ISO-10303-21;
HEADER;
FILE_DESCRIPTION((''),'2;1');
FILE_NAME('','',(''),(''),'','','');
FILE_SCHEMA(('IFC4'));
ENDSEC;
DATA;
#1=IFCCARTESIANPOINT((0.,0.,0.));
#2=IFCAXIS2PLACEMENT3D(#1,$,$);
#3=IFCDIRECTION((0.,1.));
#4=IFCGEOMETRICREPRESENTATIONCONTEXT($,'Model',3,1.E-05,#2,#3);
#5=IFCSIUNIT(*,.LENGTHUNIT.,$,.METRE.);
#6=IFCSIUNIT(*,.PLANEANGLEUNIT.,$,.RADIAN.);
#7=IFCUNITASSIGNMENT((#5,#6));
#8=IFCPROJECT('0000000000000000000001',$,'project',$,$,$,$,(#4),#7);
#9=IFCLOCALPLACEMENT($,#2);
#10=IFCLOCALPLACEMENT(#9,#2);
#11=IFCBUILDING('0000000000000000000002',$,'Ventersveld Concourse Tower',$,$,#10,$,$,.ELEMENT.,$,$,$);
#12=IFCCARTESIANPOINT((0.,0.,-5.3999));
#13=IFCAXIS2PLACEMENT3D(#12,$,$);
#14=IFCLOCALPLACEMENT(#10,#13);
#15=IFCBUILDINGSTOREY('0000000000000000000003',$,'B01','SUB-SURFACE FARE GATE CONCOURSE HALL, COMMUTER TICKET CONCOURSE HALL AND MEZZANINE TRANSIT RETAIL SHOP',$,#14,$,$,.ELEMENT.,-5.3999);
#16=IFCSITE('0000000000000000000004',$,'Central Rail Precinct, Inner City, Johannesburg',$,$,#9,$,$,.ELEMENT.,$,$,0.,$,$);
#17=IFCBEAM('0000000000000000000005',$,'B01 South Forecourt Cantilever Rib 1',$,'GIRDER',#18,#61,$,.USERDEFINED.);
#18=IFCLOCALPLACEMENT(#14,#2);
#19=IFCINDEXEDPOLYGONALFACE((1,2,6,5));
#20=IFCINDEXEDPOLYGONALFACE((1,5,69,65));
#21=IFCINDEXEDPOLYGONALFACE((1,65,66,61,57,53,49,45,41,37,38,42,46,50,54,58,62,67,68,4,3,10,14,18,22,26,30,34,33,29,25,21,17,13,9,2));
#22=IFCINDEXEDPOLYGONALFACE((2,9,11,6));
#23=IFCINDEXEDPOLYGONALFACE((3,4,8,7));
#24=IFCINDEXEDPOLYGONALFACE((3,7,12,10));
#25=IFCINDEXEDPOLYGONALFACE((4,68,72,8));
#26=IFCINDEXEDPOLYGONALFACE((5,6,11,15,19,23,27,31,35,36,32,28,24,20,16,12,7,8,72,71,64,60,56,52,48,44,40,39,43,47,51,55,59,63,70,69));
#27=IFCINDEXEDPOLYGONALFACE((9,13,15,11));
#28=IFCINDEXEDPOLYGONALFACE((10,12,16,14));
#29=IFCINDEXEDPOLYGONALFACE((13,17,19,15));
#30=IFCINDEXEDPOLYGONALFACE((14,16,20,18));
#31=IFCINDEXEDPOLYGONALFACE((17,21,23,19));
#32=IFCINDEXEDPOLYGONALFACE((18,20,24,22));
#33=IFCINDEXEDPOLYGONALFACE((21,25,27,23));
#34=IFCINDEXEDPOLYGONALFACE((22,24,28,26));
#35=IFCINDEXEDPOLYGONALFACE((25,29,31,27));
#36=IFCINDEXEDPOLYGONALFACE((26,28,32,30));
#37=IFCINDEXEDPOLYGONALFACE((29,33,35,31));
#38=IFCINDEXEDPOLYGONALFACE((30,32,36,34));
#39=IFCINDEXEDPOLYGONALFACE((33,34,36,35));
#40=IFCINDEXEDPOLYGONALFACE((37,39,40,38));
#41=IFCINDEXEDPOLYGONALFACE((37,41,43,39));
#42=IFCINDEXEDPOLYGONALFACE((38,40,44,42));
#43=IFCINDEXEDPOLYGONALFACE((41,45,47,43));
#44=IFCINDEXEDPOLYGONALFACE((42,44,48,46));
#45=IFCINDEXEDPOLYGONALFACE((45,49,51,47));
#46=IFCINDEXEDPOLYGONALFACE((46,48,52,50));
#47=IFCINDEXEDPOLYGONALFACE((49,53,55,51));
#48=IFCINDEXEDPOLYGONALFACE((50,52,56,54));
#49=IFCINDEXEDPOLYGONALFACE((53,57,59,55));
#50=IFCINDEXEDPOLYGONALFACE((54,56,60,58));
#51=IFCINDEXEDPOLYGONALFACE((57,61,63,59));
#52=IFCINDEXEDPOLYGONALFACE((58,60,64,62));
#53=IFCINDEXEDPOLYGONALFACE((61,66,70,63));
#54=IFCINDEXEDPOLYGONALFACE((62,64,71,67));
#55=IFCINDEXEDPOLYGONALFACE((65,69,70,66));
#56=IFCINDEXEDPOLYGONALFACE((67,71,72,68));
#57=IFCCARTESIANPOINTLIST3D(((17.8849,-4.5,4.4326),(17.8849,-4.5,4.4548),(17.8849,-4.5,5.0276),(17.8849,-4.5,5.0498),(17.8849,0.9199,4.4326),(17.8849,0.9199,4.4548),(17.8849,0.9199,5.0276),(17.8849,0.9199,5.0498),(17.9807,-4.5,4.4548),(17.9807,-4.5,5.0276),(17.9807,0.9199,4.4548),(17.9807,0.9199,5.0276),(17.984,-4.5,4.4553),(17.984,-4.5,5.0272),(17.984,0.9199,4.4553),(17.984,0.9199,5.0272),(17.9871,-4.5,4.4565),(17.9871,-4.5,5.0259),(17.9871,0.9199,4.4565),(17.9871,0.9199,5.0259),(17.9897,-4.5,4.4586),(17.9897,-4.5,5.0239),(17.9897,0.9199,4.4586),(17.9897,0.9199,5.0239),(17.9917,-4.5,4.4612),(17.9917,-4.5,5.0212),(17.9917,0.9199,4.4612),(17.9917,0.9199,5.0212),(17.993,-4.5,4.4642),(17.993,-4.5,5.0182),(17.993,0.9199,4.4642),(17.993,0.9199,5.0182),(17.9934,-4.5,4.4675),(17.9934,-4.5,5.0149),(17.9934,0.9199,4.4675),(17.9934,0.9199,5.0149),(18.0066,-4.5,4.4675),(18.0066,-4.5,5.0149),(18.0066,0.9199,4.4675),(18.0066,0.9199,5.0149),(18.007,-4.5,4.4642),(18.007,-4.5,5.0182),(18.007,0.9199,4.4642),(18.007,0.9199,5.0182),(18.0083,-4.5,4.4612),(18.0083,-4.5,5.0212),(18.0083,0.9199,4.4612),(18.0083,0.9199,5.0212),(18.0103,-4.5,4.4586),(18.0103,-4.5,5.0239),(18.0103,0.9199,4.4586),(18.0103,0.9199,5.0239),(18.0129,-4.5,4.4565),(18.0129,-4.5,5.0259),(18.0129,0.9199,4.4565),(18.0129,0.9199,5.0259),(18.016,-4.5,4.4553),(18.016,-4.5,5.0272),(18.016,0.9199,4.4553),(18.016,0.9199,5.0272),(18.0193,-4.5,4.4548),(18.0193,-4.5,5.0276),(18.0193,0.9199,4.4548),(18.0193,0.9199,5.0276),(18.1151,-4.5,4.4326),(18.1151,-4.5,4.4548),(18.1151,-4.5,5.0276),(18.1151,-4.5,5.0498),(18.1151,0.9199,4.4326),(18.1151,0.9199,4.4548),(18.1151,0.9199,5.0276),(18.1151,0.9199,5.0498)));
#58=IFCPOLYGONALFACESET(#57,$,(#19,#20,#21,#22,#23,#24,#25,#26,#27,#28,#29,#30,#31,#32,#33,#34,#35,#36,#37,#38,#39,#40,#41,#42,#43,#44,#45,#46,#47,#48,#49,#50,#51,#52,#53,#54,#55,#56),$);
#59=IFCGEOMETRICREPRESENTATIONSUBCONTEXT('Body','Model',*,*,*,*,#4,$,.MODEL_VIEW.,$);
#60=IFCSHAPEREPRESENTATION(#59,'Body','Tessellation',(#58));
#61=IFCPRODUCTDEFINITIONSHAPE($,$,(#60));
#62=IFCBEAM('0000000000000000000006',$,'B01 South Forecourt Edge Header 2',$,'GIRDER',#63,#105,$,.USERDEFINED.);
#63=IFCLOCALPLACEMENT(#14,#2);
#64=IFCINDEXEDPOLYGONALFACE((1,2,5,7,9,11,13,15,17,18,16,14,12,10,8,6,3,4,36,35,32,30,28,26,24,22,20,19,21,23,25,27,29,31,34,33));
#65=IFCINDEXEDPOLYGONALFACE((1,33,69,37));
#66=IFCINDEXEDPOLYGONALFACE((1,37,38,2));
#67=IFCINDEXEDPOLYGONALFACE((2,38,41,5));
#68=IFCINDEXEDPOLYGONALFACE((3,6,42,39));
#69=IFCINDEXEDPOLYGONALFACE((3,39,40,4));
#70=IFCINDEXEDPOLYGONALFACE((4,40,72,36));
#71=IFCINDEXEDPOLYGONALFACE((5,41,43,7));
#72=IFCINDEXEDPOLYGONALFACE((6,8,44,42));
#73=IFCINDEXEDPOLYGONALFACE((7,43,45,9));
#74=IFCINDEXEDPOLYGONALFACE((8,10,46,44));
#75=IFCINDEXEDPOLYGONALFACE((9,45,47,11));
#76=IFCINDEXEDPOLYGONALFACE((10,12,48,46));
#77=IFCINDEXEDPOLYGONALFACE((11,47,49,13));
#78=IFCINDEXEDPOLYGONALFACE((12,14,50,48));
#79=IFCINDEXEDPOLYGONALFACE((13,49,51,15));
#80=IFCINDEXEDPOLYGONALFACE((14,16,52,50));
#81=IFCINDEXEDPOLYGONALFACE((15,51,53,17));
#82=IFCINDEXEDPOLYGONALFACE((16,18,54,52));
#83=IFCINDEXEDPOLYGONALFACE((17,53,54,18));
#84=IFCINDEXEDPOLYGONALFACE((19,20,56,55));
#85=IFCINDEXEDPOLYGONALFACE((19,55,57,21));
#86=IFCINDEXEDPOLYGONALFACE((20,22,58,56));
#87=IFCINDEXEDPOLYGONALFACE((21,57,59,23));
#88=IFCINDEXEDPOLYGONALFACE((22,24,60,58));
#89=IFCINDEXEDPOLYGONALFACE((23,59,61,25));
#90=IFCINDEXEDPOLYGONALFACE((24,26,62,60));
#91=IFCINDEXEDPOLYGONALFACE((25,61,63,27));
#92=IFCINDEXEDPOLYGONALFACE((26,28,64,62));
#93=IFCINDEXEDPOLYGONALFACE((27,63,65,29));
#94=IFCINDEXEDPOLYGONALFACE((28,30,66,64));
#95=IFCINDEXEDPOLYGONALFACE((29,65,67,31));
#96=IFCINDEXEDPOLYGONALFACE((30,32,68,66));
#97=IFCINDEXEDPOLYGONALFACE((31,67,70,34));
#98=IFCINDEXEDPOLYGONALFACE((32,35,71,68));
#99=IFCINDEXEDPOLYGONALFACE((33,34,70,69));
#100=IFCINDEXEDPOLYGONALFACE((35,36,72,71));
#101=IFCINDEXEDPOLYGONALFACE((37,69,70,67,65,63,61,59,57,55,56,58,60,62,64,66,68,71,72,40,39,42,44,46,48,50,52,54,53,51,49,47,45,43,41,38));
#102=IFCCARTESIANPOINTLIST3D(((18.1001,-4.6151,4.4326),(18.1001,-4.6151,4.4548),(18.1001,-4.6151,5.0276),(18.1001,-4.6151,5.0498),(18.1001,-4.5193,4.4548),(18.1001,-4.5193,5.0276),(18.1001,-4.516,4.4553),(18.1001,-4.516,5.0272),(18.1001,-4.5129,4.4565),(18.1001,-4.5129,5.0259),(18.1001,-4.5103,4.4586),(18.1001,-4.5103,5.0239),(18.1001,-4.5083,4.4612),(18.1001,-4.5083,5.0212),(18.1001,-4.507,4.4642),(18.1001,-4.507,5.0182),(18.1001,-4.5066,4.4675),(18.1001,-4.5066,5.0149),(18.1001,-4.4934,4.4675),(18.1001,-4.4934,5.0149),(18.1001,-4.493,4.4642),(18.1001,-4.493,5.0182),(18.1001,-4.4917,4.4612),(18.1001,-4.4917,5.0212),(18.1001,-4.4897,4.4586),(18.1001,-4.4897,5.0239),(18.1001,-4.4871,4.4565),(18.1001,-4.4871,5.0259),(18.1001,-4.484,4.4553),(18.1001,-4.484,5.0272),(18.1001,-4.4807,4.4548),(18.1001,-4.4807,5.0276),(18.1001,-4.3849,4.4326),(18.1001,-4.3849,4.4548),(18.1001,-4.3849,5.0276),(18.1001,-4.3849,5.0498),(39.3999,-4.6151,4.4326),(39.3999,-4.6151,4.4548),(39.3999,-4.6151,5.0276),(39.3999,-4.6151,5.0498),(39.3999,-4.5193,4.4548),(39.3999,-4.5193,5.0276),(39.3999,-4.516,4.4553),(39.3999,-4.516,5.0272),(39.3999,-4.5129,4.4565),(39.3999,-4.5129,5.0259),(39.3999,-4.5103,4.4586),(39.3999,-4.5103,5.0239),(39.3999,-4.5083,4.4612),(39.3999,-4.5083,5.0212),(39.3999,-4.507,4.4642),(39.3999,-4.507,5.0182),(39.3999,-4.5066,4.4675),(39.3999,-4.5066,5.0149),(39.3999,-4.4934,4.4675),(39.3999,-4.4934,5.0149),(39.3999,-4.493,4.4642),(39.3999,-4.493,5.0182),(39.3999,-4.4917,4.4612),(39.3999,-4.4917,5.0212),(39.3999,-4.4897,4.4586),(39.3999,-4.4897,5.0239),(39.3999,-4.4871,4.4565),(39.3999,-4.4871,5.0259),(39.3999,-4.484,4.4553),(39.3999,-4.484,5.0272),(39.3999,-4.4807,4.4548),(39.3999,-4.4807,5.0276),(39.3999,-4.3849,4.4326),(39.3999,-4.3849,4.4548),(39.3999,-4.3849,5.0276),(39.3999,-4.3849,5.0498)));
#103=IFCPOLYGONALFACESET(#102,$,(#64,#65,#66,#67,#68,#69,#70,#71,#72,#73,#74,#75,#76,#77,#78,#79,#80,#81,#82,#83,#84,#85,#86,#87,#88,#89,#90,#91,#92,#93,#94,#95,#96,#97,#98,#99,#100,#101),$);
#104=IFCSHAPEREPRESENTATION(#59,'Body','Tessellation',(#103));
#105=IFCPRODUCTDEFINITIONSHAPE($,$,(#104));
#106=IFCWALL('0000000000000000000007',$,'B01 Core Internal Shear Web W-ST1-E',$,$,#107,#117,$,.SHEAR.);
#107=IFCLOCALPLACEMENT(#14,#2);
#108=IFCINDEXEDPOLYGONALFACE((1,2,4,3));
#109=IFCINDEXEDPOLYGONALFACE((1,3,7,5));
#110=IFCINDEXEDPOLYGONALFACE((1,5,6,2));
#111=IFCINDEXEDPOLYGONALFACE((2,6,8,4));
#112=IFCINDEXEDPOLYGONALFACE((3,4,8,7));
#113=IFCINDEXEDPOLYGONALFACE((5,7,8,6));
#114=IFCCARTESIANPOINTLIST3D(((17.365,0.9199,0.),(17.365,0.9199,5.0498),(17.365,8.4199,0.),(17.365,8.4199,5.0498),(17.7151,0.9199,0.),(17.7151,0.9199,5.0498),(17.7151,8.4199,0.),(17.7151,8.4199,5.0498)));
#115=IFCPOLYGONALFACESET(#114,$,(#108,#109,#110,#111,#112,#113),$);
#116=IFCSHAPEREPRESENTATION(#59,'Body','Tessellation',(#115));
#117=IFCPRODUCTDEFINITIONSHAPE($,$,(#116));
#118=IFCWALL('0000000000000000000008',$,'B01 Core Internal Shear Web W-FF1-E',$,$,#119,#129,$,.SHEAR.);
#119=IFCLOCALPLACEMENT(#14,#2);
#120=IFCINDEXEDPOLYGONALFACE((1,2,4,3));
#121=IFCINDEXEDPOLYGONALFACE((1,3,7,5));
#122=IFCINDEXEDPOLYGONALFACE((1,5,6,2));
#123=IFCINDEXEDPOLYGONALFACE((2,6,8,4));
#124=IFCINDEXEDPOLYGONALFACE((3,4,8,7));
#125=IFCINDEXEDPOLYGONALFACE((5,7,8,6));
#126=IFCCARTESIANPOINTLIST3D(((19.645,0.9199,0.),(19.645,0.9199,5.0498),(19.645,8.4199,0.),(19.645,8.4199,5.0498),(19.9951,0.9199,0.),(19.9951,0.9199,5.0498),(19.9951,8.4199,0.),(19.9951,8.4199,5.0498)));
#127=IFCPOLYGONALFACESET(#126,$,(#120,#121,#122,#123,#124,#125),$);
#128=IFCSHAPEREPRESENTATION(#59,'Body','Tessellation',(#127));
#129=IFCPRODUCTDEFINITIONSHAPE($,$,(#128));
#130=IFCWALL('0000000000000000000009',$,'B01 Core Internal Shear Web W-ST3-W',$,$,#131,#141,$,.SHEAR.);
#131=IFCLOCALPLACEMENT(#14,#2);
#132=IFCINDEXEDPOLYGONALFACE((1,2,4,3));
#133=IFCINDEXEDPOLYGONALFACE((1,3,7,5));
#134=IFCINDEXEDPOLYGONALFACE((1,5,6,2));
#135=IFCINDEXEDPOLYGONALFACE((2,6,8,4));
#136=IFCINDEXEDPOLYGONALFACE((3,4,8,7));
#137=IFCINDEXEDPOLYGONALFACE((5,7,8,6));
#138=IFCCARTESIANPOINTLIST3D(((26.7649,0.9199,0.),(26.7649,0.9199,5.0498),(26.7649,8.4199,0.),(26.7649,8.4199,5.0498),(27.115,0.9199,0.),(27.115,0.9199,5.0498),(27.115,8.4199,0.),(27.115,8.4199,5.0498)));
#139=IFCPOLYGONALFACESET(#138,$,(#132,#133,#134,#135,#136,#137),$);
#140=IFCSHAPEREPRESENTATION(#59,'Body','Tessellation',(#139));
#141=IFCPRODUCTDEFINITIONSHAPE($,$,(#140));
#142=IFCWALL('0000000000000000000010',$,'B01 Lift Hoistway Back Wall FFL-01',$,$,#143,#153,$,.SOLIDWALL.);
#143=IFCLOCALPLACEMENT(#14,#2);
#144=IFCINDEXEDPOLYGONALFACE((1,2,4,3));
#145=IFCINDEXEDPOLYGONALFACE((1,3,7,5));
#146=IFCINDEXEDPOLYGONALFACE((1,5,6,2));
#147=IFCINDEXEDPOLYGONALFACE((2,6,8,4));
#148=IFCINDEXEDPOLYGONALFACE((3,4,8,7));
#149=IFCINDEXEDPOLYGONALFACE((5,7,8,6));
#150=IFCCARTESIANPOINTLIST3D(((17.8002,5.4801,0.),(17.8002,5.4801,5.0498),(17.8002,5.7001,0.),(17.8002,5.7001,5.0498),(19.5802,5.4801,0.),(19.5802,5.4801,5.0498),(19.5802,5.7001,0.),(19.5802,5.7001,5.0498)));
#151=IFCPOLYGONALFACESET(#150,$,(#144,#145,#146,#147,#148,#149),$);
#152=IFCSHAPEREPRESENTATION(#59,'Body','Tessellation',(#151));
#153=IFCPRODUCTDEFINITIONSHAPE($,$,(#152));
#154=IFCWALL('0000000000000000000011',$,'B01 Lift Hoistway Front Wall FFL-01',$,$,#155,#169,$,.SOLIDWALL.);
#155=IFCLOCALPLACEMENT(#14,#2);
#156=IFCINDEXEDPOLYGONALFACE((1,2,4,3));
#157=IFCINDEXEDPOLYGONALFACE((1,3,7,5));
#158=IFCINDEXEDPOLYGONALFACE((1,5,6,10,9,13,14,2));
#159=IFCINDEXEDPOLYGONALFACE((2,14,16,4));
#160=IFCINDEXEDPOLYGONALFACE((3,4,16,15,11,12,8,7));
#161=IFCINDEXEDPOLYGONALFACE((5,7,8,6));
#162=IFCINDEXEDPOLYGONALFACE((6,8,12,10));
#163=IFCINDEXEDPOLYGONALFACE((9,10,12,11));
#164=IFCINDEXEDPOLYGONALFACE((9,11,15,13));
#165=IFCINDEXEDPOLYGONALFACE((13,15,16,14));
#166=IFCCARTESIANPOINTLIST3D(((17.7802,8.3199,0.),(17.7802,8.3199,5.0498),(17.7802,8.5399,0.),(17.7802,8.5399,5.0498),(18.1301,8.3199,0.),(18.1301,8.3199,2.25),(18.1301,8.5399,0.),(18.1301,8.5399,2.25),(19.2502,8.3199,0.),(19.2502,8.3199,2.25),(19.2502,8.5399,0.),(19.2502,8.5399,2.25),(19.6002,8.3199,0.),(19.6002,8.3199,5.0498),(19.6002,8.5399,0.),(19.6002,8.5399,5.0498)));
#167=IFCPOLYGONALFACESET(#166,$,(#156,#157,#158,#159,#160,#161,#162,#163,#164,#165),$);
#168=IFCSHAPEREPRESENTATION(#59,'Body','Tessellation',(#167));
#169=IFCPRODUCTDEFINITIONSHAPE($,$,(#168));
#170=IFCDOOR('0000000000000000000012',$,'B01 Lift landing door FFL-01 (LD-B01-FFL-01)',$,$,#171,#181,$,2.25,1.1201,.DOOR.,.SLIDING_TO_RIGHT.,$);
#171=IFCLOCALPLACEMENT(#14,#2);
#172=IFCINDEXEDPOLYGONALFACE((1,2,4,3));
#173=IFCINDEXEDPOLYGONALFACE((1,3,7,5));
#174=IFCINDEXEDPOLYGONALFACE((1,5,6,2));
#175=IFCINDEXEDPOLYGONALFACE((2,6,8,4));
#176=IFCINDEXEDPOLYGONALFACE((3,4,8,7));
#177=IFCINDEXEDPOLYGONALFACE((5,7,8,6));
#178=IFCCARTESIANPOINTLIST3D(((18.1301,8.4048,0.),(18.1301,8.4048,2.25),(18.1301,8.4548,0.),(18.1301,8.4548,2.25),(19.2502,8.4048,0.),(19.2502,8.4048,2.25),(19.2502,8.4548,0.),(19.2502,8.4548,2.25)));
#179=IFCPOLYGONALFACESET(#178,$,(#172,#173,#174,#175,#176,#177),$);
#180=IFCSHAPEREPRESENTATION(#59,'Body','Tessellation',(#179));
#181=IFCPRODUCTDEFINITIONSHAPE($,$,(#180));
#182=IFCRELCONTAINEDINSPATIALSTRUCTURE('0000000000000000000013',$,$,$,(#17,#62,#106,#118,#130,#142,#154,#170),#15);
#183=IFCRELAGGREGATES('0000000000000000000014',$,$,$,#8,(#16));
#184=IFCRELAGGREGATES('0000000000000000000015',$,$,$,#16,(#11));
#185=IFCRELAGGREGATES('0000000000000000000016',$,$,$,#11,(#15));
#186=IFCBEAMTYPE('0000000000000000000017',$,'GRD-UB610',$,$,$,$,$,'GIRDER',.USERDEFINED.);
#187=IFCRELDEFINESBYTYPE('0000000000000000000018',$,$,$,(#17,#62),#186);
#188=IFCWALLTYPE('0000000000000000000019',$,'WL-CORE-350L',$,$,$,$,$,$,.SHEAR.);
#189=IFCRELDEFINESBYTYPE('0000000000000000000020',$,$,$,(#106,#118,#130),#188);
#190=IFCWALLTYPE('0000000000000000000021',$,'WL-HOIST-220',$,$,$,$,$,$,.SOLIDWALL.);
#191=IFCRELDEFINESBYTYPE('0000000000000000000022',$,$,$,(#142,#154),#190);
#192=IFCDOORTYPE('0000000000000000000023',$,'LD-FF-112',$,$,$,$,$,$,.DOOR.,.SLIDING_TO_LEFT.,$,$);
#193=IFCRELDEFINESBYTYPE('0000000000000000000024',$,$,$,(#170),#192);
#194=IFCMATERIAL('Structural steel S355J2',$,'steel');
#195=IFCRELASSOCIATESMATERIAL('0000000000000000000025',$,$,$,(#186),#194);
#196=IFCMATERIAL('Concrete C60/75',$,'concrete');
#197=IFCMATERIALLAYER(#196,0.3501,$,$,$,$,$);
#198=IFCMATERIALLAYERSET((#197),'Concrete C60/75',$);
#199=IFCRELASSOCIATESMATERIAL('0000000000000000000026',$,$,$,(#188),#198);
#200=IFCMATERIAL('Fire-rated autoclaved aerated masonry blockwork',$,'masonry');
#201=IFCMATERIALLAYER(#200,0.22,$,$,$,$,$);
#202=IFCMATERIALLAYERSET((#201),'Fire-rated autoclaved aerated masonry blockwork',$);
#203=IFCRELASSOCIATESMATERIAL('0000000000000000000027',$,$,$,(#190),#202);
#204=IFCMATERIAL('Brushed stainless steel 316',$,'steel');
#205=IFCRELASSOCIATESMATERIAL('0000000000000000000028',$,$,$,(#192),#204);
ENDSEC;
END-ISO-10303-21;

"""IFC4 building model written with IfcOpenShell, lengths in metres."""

from ifc_helpers import new_model, si_unit, direction, frame, frame_2d, origin, origin_2d, place, context, subcontext, project, spatial, rectangle, i_section, extrude, material, layer, layer_set, material_profile, profile_set, type_object, element, fill, save


model = new_model("IFC4")

# Units and contexts
model_context = context("Model", 3, precision=1e-05, world=origin(), true_north=direction((0.0, 1.0)))
body_context = subcontext(model_context, "Body", "Model", "MODEL_VIEW")
ifc_project = project(units=[si_unit("LENGTHUNIT", "METRE"), si_unit("PLANEANGLEUNIT", "RADIAN")], contexts=[model_context])

# Site, building, storey
site_placement = place(None, origin())
site = spatial("IfcSite", under=ifc_project, at=site_placement, Name="Central Rail Precinct, Inner City, Johannesburg", CompositionType="ELEMENT", RefElevation=0.0)
building_placement = place(site_placement, origin())
building = spatial("IfcBuilding", under=site, at=building_placement, Name="Ventersveld Concourse Tower", CompositionType="ELEMENT")
storey_placement = place(building_placement, frame((0.0, 0.0, -5.3999)))
storey = spatial("IfcBuildingStorey", under=building, at=storey_placement, Name="B01", Description="SUB-SURFACE FARE GATE CONCOURSE HALL, COMMUTER TICKET CONCOURSE HALL AND MEZZANINE TRANSIT RETAIL SHOP", CompositionType="ELEMENT", Elevation=-5.3999)

# Beams
ifc_material_1 = material(Name="Structural steel S355J2", Category="steel")
ifc_material_profile_1 = material_profile(ifc_material_1, i_section(OverallWidth=0.2302, OverallDepth=0.6172, WebThickness=0.0132, FlangeThickness=0.0222, FilletRadius=0.0127, at=origin_2d()), Name="UB 610x229x140")
ifc_profile_set_1 = profile_set([ifc_material_profile_1], Name="Structural steel S355J2")
beam_type_1 = type_object("IfcBeamType", Name="GRD-UB610", ElementType="GIRDER", PredefinedType="USERDEFINED", material=ifc_profile_set_1)
beam_1_placement = place(storey_placement, frame((18.0, -4.5, 4.7412), z_axis=(0.0, 1.0, 0.0), x_axis=(-1.0, 0.0, 0.0)))
element("IfcBeam", 1, at=beam_1_placement, inside=storey, type_object=beam_type_1, Name="B01 South Forecourt Cantilever Rib 1", ObjectType="GIRDER", PredefinedType="USERDEFINED", context=body_context, shape_type="SweptSolid", body=[
    extrude(i_section(OverallWidth=0.2302, OverallDepth=0.6172, WebThickness=0.0132, FlangeThickness=0.0222, FilletRadius=0.0127, at=origin_2d()), origin(), (0.0, 0.0, 1.0), 5.4199),
])
beam_2_placement = place(storey_placement, frame((18.1001, -4.5, 4.7412), z_axis=(1.0, 0.0, 0.0), x_axis=(0.0, 1.0, 0.0)))
element("IfcBeam", 2, at=beam_2_placement, inside=storey, type_object=beam_type_1, Name="B01 South Forecourt Edge Header 2", ObjectType="GIRDER", PredefinedType="USERDEFINED", context=body_context, shape_type="SweptSolid", body=[
    extrude(i_section(OverallWidth=0.2302, OverallDepth=0.6172, WebThickness=0.0132, FlangeThickness=0.0222, FilletRadius=0.0127, at=origin_2d()), origin(), (0.0, 0.0, 1.0), 21.2998),
])

# Walls
ifc_material_2 = material(Name="Concrete C60/75", Category="concrete")
ifc_layer_1 = layer(ifc_material_2, 0.3501)
ifc_layer_set_1 = layer_set([ifc_layer_1], Name="Concrete C60/75")
wall_type_1 = type_object("IfcWallType", Name="WL-CORE-350L", PredefinedType="SHEAR", material=ifc_layer_set_1)
for number, where, z_axis, x_axis, name in (
    (3, (17.54, 0.9199, 0.0), (0.0, 0.0, 1.0), (0.0, 1.0, 0.0), "B01 Core Internal Shear Web W-ST1-E"),
    (4, (19.8201, 0.9199, 0.0), (0.0, 0.0, 1.0), (0.0, 1.0, 0.0), "B01 Core Internal Shear Web W-FF1-E"),
    (5, (26.9399, 0.9199, 0.0), (0.0, 0.0, 1.0), (0.0, 1.0, 0.0), "B01 Core Internal Shear Web W-ST3-W"),
):
    element("IfcWall", number, at=place(storey_placement, frame(where, z_axis=z_axis, x_axis=x_axis)), inside=storey, type_object=wall_type_1, Name=name, PredefinedType="SHEAR", context=body_context, shape_type="SweptSolid", body=[
        extrude(rectangle(XDim=7.5, YDim=0.3501, at=frame_2d((3.75, 0.0))), origin(), (0.0, 0.0, 1.0), 5.0498),
    ])
ifc_material_3 = material(Name="Fire-rated autoclaved aerated masonry blockwork", Category="masonry")
ifc_layer_2 = layer(ifc_material_3, 0.22)
ifc_layer_set_2 = layer_set([ifc_layer_2], Name="Fire-rated autoclaved aerated masonry blockwork")
wall_type_2 = type_object("IfcWallType", Name="WL-HOIST-220", PredefinedType="SOLIDWALL", material=ifc_layer_set_2)
wall_1_placement = place(storey_placement, frame((17.8, 5.5901, 0.0), z_axis=(0.0, 0.0, 1.0), x_axis=(1.0, 0.0, 0.0)))
element("IfcWall", 6, at=wall_1_placement, inside=storey, type_object=wall_type_2, Name="B01 Lift Hoistway Back Wall FFL-01", PredefinedType="SOLIDWALL", context=body_context, shape_type="SweptSolid", body=[
    extrude(rectangle(XDim=1.78, YDim=0.22, at=frame_2d((0.8901, 0.0))), origin(), (0.0, 0.0, 1.0), 5.0498),
])

# Wall, opening, door
wall_2_placement = place(storey_placement, frame((17.78, 8.4299, 0.0), z_axis=(0.0, 0.0, 1.0), x_axis=(1.0, 0.0, 0.0)))
wall_2 = element("IfcWall", 7, at=wall_2_placement, inside=storey, type_object=wall_type_2, Name="B01 Lift Hoistway Front Wall FFL-01", PredefinedType="SOLIDWALL", context=body_context, shape_type="SweptSolid", body=[
    extrude(rectangle(XDim=1.8201, YDim=0.22, at=frame_2d((0.9102, 0.0))), origin(), (0.0, 0.0, 1.0), 5.0498),
])
opening_1_placement = place(wall_2_placement, frame((0.3501, 0.0, 0.0)))
opening_1 = element("IfcOpeningElement", 8, at=opening_1_placement, cuts=wall_2, PredefinedType="OPENING", context=body_context, shape_type="SweptSolid", body=[
    extrude(rectangle(XDim=1.1201, YDim=2.25, at=frame_2d((0.5601, 1.125))), frame((0.0, 0.1201, 0.0), z_axis=(0.0, -1.0, 0.0), x_axis=(1.0, 0.0, 0.0)), (0.0, 0.0, 1.0), 0.24),
])
ifc_material_4 = material(Name="Brushed stainless steel 316", Category="steel")
door_type_1 = type_object("IfcDoorType", Name="LD-FF-112", OperationType="SLIDING_TO_LEFT", PredefinedType="DOOR", material=ifc_material_4)
door_1_placement = place(opening_1_placement, origin())
door_1 = element("IfcDoor", 9, at=door_1_placement, inside=storey, type_object=door_type_1, Name="B01 Lift landing door FFL-01 (LD-B01-FFL-01)", OperationType="SLIDING_TO_RIGHT", OverallHeight=2.25, OverallWidth=1.1201, PredefinedType="DOOR", context=body_context, shape_type="SweptSolid", body=[
    extrude(rectangle(XDim=1.1201, YDim=2.25, at=frame_2d((0.5601, 1.125))), frame((0.0, 0.0249, 0.0), z_axis=(0.0, -1.0, 0.0), x_axis=(1.0, 0.0, 0.0)), (0.0, 0.0, 1.0), 0.05),
])
fill(opening_1, door_1)

save(model, "model.ifc")
